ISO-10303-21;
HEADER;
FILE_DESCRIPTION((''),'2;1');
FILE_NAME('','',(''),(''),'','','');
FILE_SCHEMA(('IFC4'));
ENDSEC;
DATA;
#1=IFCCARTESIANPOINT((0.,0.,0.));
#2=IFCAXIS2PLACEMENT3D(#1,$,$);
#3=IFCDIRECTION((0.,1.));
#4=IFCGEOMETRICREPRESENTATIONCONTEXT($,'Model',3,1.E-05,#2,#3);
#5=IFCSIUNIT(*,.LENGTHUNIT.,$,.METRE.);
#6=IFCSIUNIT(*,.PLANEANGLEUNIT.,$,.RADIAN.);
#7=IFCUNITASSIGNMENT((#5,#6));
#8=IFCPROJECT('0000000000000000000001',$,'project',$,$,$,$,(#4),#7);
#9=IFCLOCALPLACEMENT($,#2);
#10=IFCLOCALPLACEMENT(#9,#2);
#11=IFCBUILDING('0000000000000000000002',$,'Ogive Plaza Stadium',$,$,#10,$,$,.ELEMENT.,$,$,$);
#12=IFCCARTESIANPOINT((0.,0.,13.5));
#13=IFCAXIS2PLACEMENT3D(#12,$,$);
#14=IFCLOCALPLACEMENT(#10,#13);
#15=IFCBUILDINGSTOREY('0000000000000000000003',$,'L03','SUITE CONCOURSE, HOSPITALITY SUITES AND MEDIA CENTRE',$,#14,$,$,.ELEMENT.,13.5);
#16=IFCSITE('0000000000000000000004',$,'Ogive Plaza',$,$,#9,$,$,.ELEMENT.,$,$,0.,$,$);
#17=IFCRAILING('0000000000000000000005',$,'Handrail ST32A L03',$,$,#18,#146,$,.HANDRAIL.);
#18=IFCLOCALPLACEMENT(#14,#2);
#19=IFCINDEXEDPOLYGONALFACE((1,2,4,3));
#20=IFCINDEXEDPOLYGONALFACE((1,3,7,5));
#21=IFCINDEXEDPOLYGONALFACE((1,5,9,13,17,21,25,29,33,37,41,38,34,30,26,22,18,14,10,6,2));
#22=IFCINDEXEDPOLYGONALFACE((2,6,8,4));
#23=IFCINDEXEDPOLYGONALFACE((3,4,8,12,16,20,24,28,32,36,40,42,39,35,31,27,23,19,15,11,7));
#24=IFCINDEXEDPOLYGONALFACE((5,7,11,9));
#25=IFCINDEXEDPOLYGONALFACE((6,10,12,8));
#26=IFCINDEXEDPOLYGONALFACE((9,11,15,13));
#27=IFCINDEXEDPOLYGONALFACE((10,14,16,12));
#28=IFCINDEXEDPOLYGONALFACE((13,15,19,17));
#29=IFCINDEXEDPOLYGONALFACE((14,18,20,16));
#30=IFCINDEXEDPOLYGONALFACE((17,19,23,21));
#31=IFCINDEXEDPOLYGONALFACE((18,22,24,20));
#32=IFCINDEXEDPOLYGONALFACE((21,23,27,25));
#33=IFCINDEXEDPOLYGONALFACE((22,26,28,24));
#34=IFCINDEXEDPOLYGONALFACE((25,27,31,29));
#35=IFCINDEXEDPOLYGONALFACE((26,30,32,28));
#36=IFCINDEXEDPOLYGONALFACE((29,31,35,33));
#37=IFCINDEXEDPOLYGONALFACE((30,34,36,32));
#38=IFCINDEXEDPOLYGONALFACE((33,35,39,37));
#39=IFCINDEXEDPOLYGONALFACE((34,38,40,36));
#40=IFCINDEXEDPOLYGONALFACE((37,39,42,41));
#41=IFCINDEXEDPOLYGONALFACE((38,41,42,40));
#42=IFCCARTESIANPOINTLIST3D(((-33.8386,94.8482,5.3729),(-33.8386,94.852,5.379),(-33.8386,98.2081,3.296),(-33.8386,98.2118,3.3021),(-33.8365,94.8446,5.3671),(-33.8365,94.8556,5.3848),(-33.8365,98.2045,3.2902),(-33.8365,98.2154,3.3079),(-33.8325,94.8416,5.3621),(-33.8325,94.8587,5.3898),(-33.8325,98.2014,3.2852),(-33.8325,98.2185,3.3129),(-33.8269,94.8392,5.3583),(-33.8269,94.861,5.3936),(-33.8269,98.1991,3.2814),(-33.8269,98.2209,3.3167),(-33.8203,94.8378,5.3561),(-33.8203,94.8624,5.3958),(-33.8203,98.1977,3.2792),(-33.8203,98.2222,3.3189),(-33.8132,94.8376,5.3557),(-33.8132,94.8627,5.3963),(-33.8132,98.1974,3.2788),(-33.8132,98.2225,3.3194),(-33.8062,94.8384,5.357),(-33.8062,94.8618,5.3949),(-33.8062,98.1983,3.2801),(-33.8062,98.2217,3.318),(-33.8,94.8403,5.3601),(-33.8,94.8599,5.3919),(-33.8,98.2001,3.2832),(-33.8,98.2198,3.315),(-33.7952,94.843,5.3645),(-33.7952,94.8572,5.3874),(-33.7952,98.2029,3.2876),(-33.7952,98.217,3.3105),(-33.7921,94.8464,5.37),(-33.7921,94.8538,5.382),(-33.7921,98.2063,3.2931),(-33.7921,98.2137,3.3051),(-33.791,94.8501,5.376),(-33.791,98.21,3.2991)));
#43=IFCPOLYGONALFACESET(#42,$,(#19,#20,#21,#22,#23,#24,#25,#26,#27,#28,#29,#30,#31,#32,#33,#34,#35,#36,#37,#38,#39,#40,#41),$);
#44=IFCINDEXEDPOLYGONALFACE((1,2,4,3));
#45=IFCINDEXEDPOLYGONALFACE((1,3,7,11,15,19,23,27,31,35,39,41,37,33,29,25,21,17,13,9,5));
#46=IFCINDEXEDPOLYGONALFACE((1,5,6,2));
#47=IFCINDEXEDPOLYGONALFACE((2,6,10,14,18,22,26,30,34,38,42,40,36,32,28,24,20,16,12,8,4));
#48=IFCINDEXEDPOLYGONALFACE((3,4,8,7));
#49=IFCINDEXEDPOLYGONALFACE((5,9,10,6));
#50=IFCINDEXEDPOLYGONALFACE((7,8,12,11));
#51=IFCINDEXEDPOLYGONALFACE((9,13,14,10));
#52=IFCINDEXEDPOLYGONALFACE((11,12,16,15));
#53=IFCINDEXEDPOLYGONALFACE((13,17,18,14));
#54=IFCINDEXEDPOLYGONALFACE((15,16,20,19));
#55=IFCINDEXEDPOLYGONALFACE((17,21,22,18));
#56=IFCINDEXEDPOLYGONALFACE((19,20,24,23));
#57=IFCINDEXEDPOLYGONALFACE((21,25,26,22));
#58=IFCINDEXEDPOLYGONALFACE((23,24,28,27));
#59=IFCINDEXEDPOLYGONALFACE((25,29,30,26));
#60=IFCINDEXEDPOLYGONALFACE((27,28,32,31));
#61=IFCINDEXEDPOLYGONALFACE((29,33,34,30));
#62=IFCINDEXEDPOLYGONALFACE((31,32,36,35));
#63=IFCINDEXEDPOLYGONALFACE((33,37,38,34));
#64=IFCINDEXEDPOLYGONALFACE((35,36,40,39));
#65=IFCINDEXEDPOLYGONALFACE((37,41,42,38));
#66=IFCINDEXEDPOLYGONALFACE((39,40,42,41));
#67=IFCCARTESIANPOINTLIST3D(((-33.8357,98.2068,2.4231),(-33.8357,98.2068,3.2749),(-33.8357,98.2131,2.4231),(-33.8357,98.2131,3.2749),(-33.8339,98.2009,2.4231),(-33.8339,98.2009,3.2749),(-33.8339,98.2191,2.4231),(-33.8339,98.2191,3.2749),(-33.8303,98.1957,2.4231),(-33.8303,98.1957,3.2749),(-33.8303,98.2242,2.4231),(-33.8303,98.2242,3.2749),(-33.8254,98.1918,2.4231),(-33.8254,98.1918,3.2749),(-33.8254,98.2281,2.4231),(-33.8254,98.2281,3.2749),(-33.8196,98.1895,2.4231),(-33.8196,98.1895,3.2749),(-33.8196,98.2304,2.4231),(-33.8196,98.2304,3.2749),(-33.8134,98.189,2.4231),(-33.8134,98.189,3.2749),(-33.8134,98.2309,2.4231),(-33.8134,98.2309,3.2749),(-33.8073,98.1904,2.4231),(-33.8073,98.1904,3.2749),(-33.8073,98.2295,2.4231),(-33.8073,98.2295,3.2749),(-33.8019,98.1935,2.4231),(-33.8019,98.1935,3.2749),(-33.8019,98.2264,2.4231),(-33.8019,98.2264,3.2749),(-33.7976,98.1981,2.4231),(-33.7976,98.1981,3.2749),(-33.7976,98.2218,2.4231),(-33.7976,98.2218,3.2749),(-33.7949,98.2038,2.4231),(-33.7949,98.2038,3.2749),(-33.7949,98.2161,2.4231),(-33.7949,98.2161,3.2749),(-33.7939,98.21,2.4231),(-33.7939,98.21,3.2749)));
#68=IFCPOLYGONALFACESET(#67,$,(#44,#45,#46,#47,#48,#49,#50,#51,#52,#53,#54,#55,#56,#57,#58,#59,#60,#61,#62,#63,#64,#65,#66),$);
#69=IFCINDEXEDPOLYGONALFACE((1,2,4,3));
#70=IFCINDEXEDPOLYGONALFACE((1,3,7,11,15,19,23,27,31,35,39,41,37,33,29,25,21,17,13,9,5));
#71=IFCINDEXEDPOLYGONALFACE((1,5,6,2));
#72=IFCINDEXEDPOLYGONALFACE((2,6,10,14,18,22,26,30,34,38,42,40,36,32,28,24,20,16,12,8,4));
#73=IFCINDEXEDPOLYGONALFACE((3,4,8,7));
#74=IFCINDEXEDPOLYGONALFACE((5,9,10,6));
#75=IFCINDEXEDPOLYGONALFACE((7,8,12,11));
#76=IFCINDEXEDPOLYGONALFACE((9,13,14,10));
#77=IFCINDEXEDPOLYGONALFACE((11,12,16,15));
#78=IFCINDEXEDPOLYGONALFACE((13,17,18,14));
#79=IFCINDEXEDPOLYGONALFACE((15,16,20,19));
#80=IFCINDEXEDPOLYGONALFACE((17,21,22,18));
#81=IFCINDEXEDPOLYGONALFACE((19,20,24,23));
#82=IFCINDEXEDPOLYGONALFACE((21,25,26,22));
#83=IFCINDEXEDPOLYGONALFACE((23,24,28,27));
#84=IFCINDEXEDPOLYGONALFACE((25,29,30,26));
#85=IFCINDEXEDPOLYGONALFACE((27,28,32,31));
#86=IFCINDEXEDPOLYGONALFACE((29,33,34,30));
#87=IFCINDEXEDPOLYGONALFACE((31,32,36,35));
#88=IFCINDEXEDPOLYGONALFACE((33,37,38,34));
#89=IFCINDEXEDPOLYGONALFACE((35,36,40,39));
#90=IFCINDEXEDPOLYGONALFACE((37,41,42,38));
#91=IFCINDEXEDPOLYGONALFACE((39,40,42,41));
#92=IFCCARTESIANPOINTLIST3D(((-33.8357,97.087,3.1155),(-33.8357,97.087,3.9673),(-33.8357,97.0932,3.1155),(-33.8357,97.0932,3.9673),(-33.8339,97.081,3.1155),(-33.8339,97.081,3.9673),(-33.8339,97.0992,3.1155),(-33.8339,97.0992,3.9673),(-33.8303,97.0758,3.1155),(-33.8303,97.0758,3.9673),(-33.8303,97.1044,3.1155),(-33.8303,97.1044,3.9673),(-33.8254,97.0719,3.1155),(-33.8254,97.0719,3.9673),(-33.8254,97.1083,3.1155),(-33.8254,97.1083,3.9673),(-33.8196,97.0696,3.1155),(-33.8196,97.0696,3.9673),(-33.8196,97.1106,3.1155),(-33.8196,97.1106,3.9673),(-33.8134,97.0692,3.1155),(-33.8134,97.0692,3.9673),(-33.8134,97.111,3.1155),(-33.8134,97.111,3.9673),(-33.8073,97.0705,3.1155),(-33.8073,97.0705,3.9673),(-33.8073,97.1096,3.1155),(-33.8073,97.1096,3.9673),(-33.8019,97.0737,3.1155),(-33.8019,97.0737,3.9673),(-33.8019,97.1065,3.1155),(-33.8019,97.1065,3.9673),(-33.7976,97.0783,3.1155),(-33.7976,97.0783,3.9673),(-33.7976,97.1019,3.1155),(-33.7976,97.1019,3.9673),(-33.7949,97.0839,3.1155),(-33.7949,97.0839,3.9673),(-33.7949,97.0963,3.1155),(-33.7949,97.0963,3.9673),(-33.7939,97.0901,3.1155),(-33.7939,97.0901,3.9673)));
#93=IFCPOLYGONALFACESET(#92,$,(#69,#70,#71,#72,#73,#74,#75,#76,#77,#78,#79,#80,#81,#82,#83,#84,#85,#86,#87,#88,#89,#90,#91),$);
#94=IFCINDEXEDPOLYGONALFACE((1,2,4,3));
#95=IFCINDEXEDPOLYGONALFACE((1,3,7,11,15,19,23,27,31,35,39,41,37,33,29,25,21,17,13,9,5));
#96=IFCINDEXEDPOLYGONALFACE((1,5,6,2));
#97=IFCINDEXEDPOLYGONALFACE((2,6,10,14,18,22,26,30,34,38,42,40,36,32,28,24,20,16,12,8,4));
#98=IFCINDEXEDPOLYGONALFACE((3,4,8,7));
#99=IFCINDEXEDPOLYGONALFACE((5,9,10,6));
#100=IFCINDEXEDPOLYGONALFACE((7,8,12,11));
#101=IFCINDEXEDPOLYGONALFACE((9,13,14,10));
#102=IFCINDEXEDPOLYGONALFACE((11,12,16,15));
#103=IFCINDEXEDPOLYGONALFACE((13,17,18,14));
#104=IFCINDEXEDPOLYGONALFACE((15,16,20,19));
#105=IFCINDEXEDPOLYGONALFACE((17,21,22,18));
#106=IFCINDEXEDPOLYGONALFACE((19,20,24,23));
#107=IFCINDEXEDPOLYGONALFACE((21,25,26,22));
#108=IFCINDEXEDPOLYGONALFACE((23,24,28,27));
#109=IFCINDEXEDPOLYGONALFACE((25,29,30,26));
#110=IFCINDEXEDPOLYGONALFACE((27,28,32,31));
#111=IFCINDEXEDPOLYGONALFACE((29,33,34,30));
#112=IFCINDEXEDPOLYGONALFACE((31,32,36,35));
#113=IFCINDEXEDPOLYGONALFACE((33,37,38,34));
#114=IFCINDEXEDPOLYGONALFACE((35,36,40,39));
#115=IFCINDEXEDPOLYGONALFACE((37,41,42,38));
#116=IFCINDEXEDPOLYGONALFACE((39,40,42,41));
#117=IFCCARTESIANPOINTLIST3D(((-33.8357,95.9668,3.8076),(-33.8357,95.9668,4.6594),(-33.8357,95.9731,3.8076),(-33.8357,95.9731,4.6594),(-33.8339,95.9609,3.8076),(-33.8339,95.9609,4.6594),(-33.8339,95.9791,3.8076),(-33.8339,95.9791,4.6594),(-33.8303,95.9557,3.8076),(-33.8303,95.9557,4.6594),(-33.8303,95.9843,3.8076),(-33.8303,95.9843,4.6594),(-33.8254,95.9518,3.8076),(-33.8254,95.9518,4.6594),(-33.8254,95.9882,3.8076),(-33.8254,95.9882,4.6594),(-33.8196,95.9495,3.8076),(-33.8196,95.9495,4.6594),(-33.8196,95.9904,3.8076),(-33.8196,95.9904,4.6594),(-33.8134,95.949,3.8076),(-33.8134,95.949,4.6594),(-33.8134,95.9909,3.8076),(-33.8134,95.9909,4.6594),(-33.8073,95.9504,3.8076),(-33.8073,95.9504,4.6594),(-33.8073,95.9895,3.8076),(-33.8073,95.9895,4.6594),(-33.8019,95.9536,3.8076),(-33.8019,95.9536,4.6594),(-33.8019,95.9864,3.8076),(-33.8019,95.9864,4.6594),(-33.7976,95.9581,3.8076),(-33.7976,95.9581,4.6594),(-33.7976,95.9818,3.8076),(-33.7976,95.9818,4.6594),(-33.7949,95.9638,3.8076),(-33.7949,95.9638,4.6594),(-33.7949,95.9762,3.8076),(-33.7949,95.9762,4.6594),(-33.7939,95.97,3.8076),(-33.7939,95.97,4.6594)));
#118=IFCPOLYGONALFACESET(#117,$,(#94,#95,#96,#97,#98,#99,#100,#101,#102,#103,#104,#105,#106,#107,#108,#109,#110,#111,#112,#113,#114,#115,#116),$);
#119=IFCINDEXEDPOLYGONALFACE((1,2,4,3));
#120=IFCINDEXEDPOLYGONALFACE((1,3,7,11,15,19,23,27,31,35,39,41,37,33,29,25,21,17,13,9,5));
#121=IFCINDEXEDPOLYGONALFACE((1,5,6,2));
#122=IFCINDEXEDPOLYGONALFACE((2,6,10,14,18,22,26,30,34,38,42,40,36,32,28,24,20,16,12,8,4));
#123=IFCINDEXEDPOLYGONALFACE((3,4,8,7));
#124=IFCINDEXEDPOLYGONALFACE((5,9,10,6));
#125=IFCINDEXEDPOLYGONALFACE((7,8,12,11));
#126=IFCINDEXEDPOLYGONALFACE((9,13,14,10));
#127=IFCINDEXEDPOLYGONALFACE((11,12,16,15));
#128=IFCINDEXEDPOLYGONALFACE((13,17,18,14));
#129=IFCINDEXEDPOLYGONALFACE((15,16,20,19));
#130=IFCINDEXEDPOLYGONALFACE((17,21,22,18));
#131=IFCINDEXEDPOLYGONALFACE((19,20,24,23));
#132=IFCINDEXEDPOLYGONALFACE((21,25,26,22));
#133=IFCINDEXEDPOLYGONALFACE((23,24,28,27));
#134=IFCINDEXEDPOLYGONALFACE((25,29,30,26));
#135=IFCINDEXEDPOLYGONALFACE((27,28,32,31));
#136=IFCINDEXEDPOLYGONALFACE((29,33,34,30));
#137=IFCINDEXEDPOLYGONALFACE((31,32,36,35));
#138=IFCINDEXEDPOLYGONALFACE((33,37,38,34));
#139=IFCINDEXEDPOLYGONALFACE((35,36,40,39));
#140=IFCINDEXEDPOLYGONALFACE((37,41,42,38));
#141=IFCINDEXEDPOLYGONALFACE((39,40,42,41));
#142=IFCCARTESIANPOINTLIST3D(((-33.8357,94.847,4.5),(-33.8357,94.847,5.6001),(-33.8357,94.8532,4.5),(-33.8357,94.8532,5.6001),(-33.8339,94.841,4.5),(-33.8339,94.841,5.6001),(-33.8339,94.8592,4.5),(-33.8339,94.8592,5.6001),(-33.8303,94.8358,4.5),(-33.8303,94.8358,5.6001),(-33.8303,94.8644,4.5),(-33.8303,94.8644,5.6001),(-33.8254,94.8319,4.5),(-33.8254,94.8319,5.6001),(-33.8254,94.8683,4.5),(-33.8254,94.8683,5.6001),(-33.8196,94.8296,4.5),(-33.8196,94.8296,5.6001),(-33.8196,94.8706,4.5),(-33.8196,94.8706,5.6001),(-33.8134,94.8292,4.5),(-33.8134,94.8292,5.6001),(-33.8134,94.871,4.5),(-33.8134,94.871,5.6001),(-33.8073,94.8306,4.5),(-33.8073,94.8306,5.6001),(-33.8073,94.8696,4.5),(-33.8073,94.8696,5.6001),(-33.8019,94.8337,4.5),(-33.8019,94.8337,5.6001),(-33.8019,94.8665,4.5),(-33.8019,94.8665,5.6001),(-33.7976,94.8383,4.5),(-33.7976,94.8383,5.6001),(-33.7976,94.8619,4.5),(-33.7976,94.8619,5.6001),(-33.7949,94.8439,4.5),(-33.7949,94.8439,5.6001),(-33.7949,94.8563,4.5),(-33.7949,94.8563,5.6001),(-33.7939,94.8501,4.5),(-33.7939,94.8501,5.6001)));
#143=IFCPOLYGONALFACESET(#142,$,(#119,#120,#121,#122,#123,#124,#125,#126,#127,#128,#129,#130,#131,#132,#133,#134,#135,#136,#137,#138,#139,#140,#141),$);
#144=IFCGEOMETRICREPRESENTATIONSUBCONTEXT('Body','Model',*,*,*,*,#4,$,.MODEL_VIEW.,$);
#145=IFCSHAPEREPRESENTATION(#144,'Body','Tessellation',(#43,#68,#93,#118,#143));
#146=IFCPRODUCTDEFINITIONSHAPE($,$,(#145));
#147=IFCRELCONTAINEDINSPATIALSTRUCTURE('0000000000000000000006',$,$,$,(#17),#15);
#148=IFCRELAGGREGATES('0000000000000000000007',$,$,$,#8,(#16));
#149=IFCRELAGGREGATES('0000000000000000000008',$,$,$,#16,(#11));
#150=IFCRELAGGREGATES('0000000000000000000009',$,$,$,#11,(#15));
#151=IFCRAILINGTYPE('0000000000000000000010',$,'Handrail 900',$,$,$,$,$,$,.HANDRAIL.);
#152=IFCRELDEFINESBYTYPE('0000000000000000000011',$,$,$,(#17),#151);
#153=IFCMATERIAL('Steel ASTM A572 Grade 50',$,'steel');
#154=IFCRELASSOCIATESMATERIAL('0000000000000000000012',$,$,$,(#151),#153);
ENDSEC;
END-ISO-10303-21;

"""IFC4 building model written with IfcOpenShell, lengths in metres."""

from ifc_helpers import new_model, si_unit, direction, frame, origin, origin_2d, place, context, subcontext, project, spatial, circle, extrude, material, type_object, element, save


model = new_model("IFC4")

# Units and contexts
model_context = context("Model", 3, precision=1e-05, world=origin(), true_north=direction((0.0, 1.0)))
body_context = subcontext(model_context, "Body", "Model", "MODEL_VIEW")
ifc_project = project(units=[si_unit("LENGTHUNIT", "METRE"), si_unit("PLANEANGLEUNIT", "RADIAN")], contexts=[model_context])

# Site, building, storey
site_placement = place(None, origin())
site = spatial("IfcSite", under=ifc_project, at=site_placement, Name="Ogive Plaza", CompositionType="ELEMENT", RefElevation=0.0)
building_placement = place(site_placement, origin())
building = spatial("IfcBuilding", under=site, at=building_placement, Name="Ogive Plaza Stadium", CompositionType="ELEMENT")
storey_placement = place(building_placement, frame((0.0, 0.0, 13.5)))
storey = spatial("IfcBuildingStorey", under=building, at=storey_placement, Name="L03", Description="SUITE CONCOURSE, HOSPITALITY SUITES AND MEDIA CENTRE", CompositionType="ELEMENT", Elevation=13.5)

# Railing
ifc_material_1 = material(Name="Steel ASTM A572 Grade 50", Category="steel")
railing_type_1 = type_object("IfcRailingType", Name="Handrail 900", PredefinedType="HANDRAIL", material=ifc_material_1)
for number, where, name in (
    (1, (-33.8149, 98.21, 2.4231), "Handrail ST32A L03"),
):
    element("IfcRailing", number, at=place(storey_placement, frame(where)), inside=storey, type_object=railing_type_1, Name=name, PredefinedType="HANDRAIL", context=body_context, shape_type="SweptSolid", body=[
        extrude(circle(Radius=0.0239, at=origin_2d()), frame((0.0, 0.0, 0.876), z_axis=(0.0, -0.850606, 0.525803), x_axis=(1.0, 0.0, 0.0)), (0.0, 0.0, 1.0), 3.95),
        extrude(circle(Radius=0.021, at=origin_2d()), origin(), (0.0, 0.0, 1.0), 0.8518),
        extrude(circle(Radius=0.021, at=origin_2d()), frame((0.0, -1.1199, 0.6924)), (0.0, 0.0, 1.0), 0.8518),
        extrude(circle(Radius=0.021, at=origin_2d()), frame((0.0, -2.24, 1.3845)), (0.0, 0.0, 1.0), 0.8518),
        extrude(circle(Radius=0.021, at=origin_2d()), frame((0.0, -3.3599, 2.0769)), (0.0, 0.0, 1.0), 1.1001),
    ])

save(model, "model.ifc")
